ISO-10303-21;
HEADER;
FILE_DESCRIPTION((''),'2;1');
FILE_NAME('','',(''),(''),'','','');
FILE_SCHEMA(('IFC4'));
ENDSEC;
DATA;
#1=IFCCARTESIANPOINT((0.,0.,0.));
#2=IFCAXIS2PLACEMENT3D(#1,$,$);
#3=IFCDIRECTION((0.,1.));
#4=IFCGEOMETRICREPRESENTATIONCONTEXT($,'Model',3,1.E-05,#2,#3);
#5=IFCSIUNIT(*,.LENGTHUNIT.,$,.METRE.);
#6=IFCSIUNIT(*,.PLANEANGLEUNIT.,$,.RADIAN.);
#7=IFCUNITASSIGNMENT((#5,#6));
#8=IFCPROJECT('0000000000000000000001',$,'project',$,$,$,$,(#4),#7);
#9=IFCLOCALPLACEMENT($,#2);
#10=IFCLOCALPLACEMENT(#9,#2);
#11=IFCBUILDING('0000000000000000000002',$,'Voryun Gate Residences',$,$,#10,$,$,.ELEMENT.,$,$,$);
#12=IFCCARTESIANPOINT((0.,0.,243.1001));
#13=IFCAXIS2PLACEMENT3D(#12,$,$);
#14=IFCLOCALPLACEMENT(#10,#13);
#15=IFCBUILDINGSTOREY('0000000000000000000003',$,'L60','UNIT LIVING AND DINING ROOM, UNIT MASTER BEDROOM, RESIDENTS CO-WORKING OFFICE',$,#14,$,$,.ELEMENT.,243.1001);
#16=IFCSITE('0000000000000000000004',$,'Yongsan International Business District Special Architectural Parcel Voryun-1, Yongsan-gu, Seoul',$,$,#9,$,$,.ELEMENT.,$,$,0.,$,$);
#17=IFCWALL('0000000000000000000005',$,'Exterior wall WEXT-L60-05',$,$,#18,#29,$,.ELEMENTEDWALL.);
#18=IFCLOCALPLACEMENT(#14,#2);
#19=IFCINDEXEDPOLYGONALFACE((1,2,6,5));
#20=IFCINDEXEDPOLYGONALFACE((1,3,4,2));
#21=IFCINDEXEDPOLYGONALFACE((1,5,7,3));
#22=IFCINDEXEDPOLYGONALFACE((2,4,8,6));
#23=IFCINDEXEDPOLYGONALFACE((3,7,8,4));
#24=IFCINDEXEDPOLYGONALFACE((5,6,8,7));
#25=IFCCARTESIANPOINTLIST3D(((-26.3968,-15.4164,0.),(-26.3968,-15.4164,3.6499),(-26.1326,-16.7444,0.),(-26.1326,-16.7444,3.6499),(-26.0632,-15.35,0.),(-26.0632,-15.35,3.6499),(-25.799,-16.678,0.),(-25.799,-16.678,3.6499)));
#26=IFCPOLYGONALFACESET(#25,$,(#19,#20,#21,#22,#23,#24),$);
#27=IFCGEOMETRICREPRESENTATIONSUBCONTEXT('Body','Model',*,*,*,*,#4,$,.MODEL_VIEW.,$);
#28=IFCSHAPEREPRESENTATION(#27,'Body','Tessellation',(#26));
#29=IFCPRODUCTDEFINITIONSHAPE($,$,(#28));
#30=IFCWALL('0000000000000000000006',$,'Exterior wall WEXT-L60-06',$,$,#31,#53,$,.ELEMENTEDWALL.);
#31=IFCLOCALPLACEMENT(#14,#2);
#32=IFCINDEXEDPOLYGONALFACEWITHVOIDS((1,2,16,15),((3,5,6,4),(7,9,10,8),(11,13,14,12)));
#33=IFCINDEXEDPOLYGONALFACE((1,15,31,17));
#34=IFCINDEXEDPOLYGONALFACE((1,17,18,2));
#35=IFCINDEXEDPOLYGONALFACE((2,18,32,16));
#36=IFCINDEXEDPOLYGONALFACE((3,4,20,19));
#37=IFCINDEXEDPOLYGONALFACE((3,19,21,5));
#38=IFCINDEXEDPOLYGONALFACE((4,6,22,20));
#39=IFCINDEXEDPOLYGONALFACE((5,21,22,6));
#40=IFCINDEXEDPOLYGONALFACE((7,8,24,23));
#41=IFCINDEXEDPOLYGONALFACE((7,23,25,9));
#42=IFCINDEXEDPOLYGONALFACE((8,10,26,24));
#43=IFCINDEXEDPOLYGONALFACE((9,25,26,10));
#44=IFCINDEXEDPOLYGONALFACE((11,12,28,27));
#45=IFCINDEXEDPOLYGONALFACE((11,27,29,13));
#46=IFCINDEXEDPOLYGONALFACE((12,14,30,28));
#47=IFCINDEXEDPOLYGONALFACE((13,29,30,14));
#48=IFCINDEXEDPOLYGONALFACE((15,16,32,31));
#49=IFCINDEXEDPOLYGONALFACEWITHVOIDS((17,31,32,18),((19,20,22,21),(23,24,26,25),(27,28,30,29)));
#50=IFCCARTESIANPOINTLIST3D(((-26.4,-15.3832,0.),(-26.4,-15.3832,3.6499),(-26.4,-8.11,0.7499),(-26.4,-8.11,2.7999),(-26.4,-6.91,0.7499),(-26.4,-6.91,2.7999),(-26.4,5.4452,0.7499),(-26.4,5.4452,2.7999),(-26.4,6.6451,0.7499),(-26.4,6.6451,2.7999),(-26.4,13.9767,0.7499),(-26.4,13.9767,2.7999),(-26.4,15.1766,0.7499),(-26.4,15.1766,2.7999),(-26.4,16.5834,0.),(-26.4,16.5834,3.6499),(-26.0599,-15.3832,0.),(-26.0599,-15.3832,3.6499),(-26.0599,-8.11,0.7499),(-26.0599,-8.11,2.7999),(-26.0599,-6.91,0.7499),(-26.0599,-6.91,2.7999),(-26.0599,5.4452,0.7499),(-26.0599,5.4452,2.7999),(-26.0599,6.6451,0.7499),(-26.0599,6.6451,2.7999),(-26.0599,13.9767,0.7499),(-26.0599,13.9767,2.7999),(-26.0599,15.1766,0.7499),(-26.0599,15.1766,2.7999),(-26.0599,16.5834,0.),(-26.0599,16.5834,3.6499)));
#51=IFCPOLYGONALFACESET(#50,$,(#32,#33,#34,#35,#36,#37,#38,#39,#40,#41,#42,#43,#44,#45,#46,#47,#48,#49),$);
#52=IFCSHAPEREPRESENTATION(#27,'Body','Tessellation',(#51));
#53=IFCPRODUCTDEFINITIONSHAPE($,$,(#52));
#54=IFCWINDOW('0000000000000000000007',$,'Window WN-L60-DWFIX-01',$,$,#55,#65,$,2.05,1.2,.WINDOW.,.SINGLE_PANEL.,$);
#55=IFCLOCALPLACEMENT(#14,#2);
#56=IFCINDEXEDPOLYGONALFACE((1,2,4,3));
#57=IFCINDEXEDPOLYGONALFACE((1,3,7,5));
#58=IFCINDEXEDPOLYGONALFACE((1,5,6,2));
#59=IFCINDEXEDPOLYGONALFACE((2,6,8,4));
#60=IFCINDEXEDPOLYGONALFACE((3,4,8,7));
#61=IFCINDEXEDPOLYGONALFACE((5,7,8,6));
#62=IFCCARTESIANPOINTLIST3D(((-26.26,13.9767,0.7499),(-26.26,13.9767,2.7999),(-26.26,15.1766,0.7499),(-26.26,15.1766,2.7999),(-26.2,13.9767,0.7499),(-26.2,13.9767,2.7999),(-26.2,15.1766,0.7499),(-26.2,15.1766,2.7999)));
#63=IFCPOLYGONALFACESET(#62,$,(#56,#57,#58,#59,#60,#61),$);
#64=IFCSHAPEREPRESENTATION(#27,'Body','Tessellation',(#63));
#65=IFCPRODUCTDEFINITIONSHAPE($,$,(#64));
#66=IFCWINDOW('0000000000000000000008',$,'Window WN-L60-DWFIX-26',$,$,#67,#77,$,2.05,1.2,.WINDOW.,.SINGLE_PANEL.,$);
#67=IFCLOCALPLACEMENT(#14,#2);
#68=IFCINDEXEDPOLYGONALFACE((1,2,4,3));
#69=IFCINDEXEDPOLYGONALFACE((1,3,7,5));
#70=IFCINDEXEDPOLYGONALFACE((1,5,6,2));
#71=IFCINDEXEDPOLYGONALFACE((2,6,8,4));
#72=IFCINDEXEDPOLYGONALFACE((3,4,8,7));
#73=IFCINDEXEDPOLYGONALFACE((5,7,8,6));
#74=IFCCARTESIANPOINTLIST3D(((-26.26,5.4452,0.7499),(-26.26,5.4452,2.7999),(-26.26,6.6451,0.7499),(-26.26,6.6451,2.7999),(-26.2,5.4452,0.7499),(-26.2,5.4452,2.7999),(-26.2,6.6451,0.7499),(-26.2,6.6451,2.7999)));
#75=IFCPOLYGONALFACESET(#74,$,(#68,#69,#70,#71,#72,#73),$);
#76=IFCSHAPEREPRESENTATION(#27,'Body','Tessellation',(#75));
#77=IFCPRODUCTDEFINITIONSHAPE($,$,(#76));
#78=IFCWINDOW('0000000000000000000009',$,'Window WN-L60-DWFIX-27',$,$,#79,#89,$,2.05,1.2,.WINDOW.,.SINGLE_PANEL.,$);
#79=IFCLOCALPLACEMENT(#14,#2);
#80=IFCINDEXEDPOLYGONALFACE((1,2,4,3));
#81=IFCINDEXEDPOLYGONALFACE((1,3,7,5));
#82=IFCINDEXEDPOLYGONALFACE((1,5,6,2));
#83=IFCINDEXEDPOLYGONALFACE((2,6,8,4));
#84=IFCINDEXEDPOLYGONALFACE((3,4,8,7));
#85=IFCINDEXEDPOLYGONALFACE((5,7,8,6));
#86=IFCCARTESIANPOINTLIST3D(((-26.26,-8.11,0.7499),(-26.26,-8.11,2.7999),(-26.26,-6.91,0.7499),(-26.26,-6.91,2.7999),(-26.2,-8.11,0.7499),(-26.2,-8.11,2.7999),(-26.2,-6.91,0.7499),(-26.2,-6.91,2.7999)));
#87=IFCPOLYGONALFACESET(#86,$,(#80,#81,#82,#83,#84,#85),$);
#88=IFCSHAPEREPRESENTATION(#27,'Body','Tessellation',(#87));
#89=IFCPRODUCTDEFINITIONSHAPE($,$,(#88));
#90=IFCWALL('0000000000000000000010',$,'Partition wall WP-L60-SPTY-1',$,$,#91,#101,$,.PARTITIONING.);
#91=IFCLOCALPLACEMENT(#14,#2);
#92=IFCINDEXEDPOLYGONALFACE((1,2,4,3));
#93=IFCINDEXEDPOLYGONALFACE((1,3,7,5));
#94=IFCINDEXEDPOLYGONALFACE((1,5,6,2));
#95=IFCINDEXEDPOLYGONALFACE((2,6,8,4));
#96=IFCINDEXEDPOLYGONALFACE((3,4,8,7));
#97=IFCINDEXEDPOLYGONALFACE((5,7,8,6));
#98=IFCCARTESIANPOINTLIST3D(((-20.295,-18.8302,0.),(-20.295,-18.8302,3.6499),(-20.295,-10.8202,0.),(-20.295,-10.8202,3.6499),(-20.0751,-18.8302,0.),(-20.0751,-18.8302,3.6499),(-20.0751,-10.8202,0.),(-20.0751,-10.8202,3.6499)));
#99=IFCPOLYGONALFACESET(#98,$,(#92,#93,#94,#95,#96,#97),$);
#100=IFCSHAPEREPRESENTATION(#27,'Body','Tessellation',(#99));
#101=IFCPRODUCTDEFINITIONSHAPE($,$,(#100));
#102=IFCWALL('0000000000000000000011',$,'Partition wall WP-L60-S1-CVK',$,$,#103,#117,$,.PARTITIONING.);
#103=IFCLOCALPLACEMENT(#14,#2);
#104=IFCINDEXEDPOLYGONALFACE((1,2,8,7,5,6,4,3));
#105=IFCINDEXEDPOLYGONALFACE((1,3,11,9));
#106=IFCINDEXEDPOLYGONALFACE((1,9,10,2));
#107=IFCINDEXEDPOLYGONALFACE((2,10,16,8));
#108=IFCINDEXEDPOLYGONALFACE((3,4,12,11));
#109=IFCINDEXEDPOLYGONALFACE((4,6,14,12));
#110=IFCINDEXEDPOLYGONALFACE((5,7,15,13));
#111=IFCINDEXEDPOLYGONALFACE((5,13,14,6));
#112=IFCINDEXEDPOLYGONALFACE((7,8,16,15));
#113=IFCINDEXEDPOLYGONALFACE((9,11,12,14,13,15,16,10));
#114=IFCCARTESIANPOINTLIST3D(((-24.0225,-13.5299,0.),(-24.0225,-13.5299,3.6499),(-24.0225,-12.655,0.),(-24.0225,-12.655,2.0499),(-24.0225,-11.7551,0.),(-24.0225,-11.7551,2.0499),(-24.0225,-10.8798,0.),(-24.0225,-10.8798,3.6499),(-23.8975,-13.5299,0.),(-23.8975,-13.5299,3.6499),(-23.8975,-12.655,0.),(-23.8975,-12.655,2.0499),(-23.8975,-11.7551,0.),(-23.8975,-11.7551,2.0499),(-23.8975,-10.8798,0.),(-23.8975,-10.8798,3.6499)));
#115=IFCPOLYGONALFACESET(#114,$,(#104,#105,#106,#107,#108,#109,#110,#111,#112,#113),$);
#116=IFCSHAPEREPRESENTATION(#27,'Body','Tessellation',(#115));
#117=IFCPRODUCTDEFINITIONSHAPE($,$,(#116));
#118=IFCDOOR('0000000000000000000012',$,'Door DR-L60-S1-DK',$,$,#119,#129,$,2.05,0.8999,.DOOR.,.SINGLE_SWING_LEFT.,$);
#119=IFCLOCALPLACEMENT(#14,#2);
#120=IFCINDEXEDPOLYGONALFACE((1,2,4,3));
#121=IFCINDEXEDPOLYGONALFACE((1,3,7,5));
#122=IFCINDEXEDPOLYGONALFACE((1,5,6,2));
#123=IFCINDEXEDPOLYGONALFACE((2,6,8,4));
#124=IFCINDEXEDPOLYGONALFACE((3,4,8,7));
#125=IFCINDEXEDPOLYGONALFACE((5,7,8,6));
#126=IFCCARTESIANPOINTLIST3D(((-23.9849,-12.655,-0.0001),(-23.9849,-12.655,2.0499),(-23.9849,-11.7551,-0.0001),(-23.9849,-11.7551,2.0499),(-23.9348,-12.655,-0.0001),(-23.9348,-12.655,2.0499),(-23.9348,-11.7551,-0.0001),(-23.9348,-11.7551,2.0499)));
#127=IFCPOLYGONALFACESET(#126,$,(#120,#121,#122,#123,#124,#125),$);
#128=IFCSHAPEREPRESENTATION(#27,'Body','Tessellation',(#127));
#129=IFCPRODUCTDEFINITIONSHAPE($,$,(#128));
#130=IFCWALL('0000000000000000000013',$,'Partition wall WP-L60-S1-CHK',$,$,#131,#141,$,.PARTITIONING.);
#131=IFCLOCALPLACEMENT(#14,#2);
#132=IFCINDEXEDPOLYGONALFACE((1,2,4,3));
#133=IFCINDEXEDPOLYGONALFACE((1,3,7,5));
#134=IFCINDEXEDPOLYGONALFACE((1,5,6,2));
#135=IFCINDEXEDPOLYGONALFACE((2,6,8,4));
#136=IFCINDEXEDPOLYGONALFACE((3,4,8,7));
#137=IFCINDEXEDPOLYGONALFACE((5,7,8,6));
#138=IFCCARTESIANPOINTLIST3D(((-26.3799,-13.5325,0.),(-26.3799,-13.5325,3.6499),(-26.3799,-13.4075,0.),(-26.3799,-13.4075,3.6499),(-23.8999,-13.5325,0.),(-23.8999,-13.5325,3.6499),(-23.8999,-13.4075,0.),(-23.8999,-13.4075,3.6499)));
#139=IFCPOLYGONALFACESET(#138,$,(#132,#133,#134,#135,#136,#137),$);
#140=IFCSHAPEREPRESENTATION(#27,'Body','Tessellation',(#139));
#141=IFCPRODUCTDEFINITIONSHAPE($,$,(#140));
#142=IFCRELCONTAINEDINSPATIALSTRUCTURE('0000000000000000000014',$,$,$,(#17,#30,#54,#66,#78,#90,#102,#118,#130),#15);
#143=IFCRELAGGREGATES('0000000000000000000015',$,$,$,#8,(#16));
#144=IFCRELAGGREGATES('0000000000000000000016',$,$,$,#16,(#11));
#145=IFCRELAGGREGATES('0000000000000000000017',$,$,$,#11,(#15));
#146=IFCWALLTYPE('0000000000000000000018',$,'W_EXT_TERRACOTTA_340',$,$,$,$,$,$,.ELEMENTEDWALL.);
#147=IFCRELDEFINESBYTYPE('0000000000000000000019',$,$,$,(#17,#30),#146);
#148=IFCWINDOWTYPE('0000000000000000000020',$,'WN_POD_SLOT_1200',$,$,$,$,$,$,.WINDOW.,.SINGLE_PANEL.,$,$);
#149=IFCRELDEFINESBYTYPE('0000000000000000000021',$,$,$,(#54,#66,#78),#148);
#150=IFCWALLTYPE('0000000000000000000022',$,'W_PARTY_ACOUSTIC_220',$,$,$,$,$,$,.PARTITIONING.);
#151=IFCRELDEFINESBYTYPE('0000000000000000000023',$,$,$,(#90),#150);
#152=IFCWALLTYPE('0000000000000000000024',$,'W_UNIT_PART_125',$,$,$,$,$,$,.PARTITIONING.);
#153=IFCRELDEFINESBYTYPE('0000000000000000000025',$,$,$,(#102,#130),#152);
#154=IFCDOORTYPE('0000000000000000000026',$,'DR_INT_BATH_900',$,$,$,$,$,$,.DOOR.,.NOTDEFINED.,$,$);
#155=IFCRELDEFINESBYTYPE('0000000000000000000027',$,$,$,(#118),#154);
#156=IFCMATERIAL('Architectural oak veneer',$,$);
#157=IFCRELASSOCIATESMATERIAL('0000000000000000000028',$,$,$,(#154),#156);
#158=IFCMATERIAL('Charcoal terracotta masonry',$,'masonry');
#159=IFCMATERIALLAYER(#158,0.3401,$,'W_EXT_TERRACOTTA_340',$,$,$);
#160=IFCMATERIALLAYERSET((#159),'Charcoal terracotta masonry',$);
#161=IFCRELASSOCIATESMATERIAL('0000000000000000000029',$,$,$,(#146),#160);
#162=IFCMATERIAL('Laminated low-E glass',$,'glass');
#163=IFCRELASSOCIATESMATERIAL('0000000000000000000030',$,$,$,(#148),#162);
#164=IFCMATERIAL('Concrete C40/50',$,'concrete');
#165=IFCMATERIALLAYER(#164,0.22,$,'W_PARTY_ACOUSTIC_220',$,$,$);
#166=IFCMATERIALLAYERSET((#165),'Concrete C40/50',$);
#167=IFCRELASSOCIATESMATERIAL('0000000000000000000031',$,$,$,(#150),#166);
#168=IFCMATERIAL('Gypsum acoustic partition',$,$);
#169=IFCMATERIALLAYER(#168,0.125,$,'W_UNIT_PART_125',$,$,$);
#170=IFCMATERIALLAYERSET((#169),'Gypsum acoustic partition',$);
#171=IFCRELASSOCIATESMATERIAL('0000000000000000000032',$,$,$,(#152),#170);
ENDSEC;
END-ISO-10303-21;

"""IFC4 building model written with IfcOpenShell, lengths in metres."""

from ifc_helpers import new_model, si_unit, direction, frame, frame_2d, origin, place, context, subcontext, project, spatial, rectangle, extrude, material, layer, layer_set, type_object, element, fill, save


model = new_model("IFC4")

# Units and contexts
model_context = context("Model", 3, precision=1e-05, world=origin(), true_north=direction((0.0, 1.0)))
body_context = subcontext(model_context, "Body", "Model", "MODEL_VIEW")
ifc_project = project(units=[si_unit("LENGTHUNIT", "METRE"), si_unit("PLANEANGLEUNIT", "RADIAN")], contexts=[model_context])

# Site, building, storey
site_placement = place(None, origin())
site = spatial("IfcSite", under=ifc_project, at=site_placement, Name="Yongsan International Business District Special Architectural Parcel Voryun-1, Yongsan-gu, Seoul", CompositionType="ELEMENT", RefElevation=0.0)
building_placement = place(site_placement, origin())
building = spatial("IfcBuilding", under=site, at=building_placement, Name="Voryun Gate Residences", CompositionType="ELEMENT")
storey_placement = place(building_placement, frame((0.0, 0.0, 243.1001)))
storey = spatial("IfcBuildingStorey", under=building, at=storey_placement, Name="L60", Description="UNIT LIVING AND DINING ROOM, UNIT MASTER BEDROOM, RESIDENTS CO-WORKING OFFICE", CompositionType="ELEMENT", Elevation=243.1001)

# Shared definitions
ifc_material_1 = material(Name="Architectural oak veneer")
door_type_1 = type_object("IfcDoorType", Name="DR_INT_BATH_900", OperationType="NOTDEFINED", PredefinedType="DOOR", material=ifc_material_1)

# Wall
ifc_material_2 = material(Name="Charcoal terracotta masonry", Category="masonry")
ifc_layer_1 = layer(ifc_material_2, 0.3401, Name="W_EXT_TERRACOTTA_340")
ifc_layer_set_1 = layer_set([ifc_layer_1], Name="Charcoal terracotta masonry")
wall_type_1 = type_object("IfcWallType", Name="W_EXT_TERRACOTTA_340", PredefinedType="ELEMENTEDWALL", material=ifc_layer_set_1)
wall_1_placement = place(storey_placement, frame((-25.9658, -16.7112, 0.0), z_axis=(0.0, 0.0, 1.0), x_axis=(-0.19511, 0.980781, 0.0)))
element("IfcWall", 1, at=wall_1_placement, inside=storey, type_object=wall_type_1, Name="Exterior wall WEXT-L60-05", PredefinedType="ELEMENTEDWALL", context=body_context, shape_type="SweptSolid", body=[
    extrude(rectangle(XDim=1.354, YDim=0.3401, at=frame_2d((0.677, 0.0))), origin(), (0.0, 0.0, 1.0), 3.6499),
])

# Wall, openings, windows
wall_2_placement = place(storey_placement, frame((-26.23, -15.3833, 0.0), z_axis=(0.0, 0.0, 1.0), x_axis=(0.0, 1.0, 0.0)))
wall_2 = element("IfcWall", 2, at=wall_2_placement, inside=storey, type_object=wall_type_1, Name="Exterior wall WEXT-L60-06", PredefinedType="ELEMENTEDWALL", context=body_context, shape_type="SweptSolid", body=[
    extrude(rectangle(XDim=31.9666, YDim=0.3401, at=frame_2d((15.9834, 0.0))), origin(), (0.0, 0.0, 1.0), 3.6499),
])
opening_1_placement = place(wall_2_placement, frame((29.3599, 0.0, 0.75)))
opening_1 = element("IfcOpeningElement", 3, at=opening_1_placement, cuts=wall_2, PredefinedType="OPENING", context=body_context, shape_type="SweptSolid", body=[
    extrude(rectangle(XDim=1.2, YDim=2.05, at=frame_2d((0.6001, 1.0249))), frame((0.0, 0.1799, 0.0), z_axis=(0.0, -1.0, 0.0), x_axis=(1.0, 0.0, 0.0)), (0.0, 0.0, 1.0), 0.3601),
])
opening_2_placement = place(wall_2_placement, frame((20.8284, 0.0, 0.75)))
opening_2 = element("IfcOpeningElement", 4, at=opening_2_placement, cuts=wall_2, PredefinedType="OPENING", context=body_context, shape_type="SweptSolid", body=[
    extrude(rectangle(XDim=1.2, YDim=2.05, at=frame_2d((0.6001, 1.0249))), frame((0.0, 0.1799, 0.0), z_axis=(0.0, -1.0, 0.0), x_axis=(1.0, 0.0, 0.0)), (0.0, 0.0, 1.0), 0.3601),
])
opening_3_placement = place(wall_2_placement, frame((7.2732, 0.0, 0.75)))
opening_3 = element("IfcOpeningElement", 5, at=opening_3_placement, cuts=wall_2, PredefinedType="OPENING", context=body_context, shape_type="SweptSolid", body=[
    extrude(rectangle(XDim=1.2, YDim=2.05, at=frame_2d((0.6001, 1.0249))), frame((0.0, 0.1799, 0.0), z_axis=(0.0, -1.0, 0.0), x_axis=(1.0, 0.0, 0.0)), (0.0, 0.0, 1.0), 0.3601),
])
ifc_material_3 = material(Name="Laminated low-E glass", Category="glass")
window_type = type_object("IfcWindowType", Name="WN_POD_SLOT_1200", PartitioningType="SINGLE_PANEL", PredefinedType="WINDOW", material=ifc_material_3)
window_1_placement = place(opening_1_placement, origin())
window_1 = element("IfcWindow", 6, at=window_1_placement, inside=storey, type_object=window_type, Name="Window WN-L60-DWFIX-01", OverallHeight=2.05, OverallWidth=1.2, PartitioningType="SINGLE_PANEL", PredefinedType="WINDOW", context=body_context, shape_type="SweptSolid", body=[
    extrude(rectangle(XDim=1.2, YDim=2.05, at=frame_2d((0.6001, 1.0249))), frame((0.0, 0.03, 0.0), z_axis=(0.0, -1.0, 0.0), x_axis=(1.0, 0.0, 0.0)), (0.0, 0.0, 1.0), 0.0601),
])
fill(opening_1, window_1)
window_2_placement = place(opening_2_placement, origin())
window_2 = element("IfcWindow", 7, at=window_2_placement, inside=storey, type_object=window_type, Name="Window WN-L60-DWFIX-26", OverallHeight=2.05, OverallWidth=1.2, PartitioningType="SINGLE_PANEL", PredefinedType="WINDOW", context=body_context, shape_type="SweptSolid", body=[
    extrude(rectangle(XDim=1.2, YDim=2.05, at=frame_2d((0.6001, 1.0249))), frame((0.0, 0.03, 0.0), z_axis=(0.0, -1.0, 0.0), x_axis=(1.0, 0.0, 0.0)), (0.0, 0.0, 1.0), 0.0601),
])
fill(opening_2, window_2)
window_3_placement = place(opening_3_placement, origin())
window_3 = element("IfcWindow", 8, at=window_3_placement, inside=storey, type_object=window_type, Name="Window WN-L60-DWFIX-27", OverallHeight=2.05, OverallWidth=1.2, PartitioningType="SINGLE_PANEL", PredefinedType="WINDOW", context=body_context, shape_type="SweptSolid", body=[
    extrude(rectangle(XDim=1.2, YDim=2.05, at=frame_2d((0.6001, 1.0249))), frame((0.0, 0.03, 0.0), z_axis=(0.0, -1.0, 0.0), x_axis=(1.0, 0.0, 0.0)), (0.0, 0.0, 1.0), 0.0601),
])
fill(opening_3, window_3)

# Wall
ifc_material_4 = material(Name="Concrete C40/50", Category="concrete")
ifc_layer_2 = layer(ifc_material_4, 0.22, Name="W_PARTY_ACOUSTIC_220")
ifc_layer_set_2 = layer_set([ifc_layer_2], Name="Concrete C40/50")
wall_type_2 = type_object("IfcWallType", Name="W_PARTY_ACOUSTIC_220", PredefinedType="PARTITIONING", material=ifc_layer_set_2)
wall_3_placement = place(storey_placement, frame((-20.1851, -18.8301, 0.0), z_axis=(0.0, 0.0, 1.0), x_axis=(0.0, 1.0, 0.0)))
element("IfcWall", 9, at=wall_3_placement, inside=storey, type_object=wall_type_2, Name="Partition wall WP-L60-SPTY-1", PredefinedType="PARTITIONING", context=body_context, shape_type="SweptSolid", body=[
    extrude(rectangle(XDim=8.01, YDim=0.22, at=frame_2d((4.0049, 0.0))), origin(), (0.0, 0.0, 1.0), 3.6499),
])

# Wall, opening, door
ifc_material_5 = material(Name="Gypsum acoustic partition")
ifc_layer_3 = layer(ifc_material_5, 0.125, Name="W_UNIT_PART_125")
ifc_layer_set_3 = layer_set([ifc_layer_3], Name="Gypsum acoustic partition")
wall_type_3 = type_object("IfcWallType", Name="W_UNIT_PART_125", PredefinedType="PARTITIONING", material=ifc_layer_set_3)
wall_4_placement = place(storey_placement, frame((-23.96, -13.53, 0.0), z_axis=(0.0, 0.0, 1.0), x_axis=(0.0, 1.0, 0.0)))
wall_4 = element("IfcWall", 10, at=wall_4_placement, inside=storey, type_object=wall_type_3, Name="Partition wall WP-L60-S1-CVK", PredefinedType="PARTITIONING", context=body_context, shape_type="SweptSolid", body=[
    extrude(rectangle(XDim=2.6501, YDim=0.125, at=frame_2d((1.3252, 0.0))), origin(), (0.0, 0.0, 1.0), 3.6499),
])
opening_4_placement = place(wall_4_placement, frame((0.875, 0.0, 0.0)))
opening_4 = element("IfcOpeningElement", 11, at=opening_4_placement, cuts=wall_4, PredefinedType="OPENING", context=body_context, shape_type="SweptSolid", body=[
    extrude(rectangle(XDim=0.8999, YDim=2.05, at=frame_2d((0.45, 1.0249))), frame((0.0, 0.0725, 0.0), z_axis=(0.0, -1.0, 0.0), x_axis=(1.0, 0.0, 0.0)), (0.0, 0.0, 1.0), 0.145),
])
door_1_placement = place(opening_4_placement, origin())
door_1 = element("IfcDoor", 12, at=door_1_placement, inside=storey, type_object=door_type_1, Name="Door DR-L60-S1-DK", OperationType="SINGLE_SWING_LEFT", OverallHeight=2.05, OverallWidth=0.8999, PredefinedType="DOOR", context=body_context, shape_type="SweptSolid", body=[
    extrude(rectangle(XDim=0.8999, YDim=2.05, at=frame_2d((0.45, 1.0249))), frame((0.0, 0.0249, 0.0), z_axis=(0.0, -1.0, 0.0), x_axis=(1.0, 0.0, 0.0)), (0.0, 0.0, 1.0), 0.05),
])
fill(opening_4, door_1)

# Wall
wall_5_placement = place(storey_placement, frame((-26.3799, -13.47, 0.0), z_axis=(0.0, 0.0, 1.0), x_axis=(1.0, 0.0, 0.0)))
element("IfcWall", 13, at=wall_5_placement, inside=storey, type_object=wall_type_3, Name="Partition wall WP-L60-S1-CHK", PredefinedType="PARTITIONING", context=body_context, shape_type="SweptSolid", body=[
    extrude(rectangle(XDim=2.48, YDim=0.125, at=frame_2d((1.24, 0.0))), origin(), (0.0, 0.0, 1.0), 3.6499),
])

save(model, "model.ifc")
